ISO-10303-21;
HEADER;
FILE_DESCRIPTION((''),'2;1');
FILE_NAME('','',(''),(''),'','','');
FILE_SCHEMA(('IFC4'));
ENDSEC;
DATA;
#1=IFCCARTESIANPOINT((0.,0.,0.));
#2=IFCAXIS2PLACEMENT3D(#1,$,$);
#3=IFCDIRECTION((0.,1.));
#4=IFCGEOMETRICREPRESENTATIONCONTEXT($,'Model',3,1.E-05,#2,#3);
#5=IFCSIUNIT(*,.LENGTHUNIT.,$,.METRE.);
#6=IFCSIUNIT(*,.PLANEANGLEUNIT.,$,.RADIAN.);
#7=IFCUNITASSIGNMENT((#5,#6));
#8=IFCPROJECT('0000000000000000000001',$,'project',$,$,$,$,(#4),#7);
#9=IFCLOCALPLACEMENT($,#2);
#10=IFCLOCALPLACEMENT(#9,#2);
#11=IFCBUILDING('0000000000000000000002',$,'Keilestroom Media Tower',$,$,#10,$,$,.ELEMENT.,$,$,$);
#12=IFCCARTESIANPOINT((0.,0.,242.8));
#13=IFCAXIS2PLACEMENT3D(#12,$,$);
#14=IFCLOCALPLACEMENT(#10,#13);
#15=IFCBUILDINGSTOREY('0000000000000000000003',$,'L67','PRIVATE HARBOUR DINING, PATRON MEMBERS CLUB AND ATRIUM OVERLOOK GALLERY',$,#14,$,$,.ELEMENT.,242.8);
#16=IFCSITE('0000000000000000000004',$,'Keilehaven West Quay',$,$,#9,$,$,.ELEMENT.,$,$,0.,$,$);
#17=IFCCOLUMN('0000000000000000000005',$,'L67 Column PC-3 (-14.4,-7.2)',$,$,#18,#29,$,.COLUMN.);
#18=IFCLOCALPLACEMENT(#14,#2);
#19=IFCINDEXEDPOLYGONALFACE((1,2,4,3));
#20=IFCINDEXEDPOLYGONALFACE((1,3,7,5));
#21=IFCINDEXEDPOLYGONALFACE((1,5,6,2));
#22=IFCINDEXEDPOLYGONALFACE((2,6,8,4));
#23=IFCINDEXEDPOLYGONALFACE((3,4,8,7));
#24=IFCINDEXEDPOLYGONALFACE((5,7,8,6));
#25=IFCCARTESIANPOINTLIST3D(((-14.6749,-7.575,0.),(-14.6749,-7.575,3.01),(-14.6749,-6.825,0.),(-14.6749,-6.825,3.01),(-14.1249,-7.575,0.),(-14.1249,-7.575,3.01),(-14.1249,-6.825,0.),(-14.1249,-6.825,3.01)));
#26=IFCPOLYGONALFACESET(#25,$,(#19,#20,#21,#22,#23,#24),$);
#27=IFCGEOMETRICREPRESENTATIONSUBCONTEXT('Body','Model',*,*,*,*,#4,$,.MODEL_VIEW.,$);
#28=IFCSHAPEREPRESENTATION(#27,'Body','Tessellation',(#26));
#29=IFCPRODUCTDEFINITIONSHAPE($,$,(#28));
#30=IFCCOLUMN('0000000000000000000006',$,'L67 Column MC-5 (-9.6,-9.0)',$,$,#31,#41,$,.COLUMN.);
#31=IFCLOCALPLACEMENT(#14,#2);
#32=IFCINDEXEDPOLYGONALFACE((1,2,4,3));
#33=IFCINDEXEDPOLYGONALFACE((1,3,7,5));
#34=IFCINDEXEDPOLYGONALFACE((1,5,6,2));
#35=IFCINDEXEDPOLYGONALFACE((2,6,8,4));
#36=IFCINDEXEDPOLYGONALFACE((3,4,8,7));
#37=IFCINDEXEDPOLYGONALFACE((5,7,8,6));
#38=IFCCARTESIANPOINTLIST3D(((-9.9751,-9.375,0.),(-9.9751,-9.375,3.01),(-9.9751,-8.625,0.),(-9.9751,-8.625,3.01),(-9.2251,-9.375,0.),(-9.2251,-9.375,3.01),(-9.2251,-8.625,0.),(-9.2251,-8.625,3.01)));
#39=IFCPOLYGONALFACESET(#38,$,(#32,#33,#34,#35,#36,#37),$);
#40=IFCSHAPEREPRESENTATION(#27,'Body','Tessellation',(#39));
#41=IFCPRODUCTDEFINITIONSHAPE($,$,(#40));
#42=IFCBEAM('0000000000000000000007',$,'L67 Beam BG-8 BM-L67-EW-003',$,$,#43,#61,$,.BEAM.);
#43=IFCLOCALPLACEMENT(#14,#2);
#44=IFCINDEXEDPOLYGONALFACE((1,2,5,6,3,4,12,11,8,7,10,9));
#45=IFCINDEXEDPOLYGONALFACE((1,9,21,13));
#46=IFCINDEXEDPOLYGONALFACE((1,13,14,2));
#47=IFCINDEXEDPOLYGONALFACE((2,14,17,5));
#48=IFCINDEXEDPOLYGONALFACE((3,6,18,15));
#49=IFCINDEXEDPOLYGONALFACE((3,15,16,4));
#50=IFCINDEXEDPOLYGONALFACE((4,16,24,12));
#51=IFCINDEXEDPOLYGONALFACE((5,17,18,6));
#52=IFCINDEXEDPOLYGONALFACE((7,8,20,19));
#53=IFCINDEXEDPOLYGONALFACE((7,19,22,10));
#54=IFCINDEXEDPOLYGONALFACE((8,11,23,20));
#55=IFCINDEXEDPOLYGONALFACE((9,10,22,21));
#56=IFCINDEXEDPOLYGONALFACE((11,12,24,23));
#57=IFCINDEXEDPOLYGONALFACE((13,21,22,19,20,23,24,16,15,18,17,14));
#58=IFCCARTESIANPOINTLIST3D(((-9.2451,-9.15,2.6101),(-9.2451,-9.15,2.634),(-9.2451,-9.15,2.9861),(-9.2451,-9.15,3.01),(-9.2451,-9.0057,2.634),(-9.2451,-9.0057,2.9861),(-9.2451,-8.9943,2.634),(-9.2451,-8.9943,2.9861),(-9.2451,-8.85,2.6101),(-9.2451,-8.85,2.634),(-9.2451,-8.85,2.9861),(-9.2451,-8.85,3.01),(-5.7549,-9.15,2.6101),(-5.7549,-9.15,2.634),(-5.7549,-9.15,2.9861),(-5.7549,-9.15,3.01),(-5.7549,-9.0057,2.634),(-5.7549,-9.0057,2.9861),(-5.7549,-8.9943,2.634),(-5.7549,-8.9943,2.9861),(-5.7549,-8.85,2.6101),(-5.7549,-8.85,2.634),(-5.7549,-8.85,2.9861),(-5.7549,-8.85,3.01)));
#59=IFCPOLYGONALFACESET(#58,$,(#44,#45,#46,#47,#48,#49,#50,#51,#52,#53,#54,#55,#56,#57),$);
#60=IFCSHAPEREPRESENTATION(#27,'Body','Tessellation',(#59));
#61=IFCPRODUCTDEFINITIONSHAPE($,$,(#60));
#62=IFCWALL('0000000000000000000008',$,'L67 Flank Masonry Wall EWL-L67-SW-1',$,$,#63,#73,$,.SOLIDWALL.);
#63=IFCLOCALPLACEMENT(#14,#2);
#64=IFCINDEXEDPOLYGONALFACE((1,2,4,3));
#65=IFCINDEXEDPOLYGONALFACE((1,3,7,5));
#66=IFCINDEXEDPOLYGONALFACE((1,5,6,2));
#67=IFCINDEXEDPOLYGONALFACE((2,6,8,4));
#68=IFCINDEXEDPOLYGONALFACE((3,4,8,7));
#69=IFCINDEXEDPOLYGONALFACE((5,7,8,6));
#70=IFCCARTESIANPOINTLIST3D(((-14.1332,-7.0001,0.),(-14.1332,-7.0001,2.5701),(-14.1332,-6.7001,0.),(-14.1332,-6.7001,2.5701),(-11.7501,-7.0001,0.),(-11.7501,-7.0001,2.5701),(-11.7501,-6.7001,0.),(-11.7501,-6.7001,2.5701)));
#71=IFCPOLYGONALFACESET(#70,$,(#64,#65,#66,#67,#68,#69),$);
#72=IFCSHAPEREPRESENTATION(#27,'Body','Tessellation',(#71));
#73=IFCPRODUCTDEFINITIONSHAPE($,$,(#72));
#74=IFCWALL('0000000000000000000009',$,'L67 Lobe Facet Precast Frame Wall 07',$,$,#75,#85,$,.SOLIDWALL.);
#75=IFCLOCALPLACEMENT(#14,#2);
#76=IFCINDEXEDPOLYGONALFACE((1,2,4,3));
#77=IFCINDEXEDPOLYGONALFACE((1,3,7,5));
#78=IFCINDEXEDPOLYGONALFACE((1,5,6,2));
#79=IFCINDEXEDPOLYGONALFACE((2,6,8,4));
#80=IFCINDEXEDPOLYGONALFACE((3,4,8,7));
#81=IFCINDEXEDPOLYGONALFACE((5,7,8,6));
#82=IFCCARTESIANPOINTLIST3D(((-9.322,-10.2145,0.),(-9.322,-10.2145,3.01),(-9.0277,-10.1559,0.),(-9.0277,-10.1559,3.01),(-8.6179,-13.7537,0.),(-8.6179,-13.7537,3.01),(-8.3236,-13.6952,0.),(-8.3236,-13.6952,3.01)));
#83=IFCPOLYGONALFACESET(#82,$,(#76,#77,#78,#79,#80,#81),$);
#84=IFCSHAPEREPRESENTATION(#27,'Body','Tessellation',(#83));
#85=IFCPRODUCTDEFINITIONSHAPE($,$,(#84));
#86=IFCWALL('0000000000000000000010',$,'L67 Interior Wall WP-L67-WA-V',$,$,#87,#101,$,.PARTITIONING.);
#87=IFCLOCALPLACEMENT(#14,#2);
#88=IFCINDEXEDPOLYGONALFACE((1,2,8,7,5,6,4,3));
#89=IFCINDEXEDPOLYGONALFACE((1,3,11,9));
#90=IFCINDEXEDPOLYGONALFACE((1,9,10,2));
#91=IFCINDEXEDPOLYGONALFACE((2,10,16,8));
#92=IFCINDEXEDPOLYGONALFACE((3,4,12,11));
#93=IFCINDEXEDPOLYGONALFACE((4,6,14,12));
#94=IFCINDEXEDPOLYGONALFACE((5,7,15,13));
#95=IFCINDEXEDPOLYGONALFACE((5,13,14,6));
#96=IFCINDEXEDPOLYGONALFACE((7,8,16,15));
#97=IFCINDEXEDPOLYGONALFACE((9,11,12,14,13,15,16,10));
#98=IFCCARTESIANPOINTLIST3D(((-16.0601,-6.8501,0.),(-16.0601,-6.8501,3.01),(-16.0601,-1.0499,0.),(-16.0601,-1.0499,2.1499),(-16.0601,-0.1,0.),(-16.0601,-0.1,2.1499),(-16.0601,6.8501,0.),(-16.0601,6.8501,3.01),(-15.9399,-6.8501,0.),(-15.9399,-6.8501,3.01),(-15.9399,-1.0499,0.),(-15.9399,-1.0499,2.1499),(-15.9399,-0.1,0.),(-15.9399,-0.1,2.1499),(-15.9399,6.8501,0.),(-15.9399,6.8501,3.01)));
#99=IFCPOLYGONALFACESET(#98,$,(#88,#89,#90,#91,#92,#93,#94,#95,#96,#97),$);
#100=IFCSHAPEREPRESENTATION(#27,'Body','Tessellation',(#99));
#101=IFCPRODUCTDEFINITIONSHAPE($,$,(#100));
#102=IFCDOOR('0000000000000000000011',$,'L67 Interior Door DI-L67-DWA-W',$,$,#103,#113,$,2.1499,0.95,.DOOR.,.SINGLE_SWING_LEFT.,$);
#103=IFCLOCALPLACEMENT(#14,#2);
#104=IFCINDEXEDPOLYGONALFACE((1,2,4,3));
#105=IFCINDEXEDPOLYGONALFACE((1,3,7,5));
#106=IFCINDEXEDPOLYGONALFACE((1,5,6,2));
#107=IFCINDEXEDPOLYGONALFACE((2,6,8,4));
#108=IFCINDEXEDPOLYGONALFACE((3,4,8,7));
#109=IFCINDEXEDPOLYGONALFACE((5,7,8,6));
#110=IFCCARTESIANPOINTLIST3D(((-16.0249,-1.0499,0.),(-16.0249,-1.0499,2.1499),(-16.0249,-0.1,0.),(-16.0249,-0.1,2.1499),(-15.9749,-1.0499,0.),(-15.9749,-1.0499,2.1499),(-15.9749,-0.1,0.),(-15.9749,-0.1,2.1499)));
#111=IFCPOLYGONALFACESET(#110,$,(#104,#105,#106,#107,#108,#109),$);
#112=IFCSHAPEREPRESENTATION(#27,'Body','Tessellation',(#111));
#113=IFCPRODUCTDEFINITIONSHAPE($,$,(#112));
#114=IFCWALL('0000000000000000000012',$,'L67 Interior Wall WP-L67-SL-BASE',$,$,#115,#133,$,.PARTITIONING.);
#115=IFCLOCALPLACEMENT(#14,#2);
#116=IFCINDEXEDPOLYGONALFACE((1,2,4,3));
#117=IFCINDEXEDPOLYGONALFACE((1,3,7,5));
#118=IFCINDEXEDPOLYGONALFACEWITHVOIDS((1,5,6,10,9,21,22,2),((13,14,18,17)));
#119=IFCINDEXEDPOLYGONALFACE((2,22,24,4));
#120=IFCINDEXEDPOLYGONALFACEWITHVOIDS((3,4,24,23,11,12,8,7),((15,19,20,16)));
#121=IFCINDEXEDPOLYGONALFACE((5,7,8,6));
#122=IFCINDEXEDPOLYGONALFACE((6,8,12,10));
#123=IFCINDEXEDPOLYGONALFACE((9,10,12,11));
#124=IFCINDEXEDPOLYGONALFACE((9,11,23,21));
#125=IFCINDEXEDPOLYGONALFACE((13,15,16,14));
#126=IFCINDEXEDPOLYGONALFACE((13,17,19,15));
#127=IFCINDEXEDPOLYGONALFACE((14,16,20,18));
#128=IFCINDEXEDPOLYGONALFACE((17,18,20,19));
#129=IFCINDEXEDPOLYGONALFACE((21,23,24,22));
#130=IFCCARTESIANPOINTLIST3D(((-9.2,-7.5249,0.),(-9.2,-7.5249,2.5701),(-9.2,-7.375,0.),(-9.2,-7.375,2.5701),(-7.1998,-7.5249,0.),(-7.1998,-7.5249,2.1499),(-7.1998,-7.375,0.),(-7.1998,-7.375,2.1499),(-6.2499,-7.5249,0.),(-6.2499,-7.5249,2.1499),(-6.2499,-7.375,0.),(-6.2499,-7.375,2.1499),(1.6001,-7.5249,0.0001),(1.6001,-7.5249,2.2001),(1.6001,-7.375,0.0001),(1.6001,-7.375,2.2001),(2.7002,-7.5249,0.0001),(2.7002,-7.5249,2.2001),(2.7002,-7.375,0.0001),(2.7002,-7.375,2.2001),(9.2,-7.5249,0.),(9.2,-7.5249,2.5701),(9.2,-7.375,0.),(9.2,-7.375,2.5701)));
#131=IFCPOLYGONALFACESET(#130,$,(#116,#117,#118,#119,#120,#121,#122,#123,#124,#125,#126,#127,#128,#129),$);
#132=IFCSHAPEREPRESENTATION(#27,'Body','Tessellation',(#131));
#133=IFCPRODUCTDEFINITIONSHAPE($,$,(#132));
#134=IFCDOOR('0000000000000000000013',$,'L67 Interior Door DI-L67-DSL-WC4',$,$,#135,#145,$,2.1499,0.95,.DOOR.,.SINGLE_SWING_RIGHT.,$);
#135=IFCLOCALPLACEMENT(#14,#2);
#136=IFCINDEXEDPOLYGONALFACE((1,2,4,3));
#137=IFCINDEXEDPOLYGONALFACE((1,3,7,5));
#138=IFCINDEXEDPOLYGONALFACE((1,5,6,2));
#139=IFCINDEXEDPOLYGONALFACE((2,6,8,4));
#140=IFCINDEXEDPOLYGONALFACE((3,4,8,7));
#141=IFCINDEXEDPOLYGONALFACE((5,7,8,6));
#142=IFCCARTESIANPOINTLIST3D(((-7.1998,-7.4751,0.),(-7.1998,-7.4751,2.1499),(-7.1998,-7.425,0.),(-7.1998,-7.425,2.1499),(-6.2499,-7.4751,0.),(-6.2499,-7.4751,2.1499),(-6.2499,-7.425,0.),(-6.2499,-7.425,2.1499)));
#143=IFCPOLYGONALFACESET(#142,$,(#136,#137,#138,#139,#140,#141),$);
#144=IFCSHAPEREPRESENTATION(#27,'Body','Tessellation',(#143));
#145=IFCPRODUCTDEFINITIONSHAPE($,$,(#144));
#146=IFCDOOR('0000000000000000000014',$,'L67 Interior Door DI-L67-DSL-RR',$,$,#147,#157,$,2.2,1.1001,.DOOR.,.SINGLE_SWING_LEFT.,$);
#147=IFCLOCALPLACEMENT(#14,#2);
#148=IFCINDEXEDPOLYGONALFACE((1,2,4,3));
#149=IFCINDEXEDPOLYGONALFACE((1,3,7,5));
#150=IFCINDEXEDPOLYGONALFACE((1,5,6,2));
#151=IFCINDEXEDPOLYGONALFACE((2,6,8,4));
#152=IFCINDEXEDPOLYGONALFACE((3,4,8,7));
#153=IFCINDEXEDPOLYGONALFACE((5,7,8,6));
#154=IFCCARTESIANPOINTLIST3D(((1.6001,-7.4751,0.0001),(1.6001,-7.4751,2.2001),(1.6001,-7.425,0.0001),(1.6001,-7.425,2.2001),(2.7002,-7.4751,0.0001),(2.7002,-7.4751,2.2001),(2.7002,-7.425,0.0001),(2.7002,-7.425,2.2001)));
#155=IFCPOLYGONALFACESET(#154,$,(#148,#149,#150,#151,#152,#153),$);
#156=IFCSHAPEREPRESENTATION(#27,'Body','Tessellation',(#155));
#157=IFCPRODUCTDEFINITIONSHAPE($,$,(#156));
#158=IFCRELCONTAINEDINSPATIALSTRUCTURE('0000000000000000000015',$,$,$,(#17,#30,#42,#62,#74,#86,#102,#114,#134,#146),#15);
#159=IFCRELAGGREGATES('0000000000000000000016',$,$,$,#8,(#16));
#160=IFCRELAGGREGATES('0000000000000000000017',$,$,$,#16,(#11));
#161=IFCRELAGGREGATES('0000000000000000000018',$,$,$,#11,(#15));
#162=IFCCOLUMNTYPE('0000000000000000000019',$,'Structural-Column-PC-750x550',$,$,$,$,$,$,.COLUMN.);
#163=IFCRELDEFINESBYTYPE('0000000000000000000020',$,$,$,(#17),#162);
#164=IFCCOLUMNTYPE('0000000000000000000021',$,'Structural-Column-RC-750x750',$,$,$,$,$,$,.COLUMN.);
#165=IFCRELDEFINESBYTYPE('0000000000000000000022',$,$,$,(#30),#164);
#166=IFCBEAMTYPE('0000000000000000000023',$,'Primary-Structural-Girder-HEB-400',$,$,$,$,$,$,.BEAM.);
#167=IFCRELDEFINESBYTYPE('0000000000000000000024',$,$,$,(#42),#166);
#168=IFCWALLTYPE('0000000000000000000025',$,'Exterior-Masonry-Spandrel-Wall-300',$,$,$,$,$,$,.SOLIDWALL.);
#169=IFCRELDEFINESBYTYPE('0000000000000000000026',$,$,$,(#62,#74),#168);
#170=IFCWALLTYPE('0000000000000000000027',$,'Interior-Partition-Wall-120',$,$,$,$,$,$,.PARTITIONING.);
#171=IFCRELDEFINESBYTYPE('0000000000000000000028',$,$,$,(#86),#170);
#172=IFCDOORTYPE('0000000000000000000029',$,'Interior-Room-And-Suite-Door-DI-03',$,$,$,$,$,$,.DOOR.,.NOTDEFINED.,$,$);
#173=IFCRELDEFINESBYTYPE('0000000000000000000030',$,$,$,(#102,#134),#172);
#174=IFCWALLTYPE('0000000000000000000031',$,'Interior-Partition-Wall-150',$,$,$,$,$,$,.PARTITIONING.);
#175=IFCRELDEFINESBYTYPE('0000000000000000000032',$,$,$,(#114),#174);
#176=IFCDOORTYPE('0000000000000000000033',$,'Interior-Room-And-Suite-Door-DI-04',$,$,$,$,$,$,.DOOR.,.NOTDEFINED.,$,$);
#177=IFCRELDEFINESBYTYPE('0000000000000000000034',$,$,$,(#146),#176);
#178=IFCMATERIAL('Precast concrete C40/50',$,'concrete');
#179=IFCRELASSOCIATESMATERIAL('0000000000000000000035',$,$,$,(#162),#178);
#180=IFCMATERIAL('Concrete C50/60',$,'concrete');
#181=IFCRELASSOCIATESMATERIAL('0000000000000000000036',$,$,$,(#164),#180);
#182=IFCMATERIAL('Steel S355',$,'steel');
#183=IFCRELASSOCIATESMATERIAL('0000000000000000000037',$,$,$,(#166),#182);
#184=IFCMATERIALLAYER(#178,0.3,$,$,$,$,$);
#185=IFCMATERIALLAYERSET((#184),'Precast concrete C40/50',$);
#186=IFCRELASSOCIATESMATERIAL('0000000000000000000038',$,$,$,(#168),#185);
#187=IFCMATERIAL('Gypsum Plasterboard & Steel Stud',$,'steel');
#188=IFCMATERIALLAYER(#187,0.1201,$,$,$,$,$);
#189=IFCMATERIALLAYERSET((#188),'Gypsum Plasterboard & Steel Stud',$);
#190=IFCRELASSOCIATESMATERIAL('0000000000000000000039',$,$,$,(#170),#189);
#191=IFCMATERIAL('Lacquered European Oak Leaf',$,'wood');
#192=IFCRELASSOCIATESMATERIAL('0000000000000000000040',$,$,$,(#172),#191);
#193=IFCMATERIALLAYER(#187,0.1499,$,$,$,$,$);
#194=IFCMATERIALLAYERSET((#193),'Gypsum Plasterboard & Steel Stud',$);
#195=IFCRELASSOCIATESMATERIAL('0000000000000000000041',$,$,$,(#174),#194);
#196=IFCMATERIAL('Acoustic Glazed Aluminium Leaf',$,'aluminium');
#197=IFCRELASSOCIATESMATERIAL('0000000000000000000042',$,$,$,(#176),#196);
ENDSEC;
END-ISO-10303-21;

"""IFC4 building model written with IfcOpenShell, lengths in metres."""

from ifc_helpers import new_model, si_unit, direction, frame, frame_2d, origin, origin_2d, place, context, subcontext, project, spatial, rectangle, i_section, extrude, source, transform, mapped, material, layer, layer_set, material_profile, profile_set, type_object, element, fill, save


model = new_model("IFC4")

# Units and contexts
model_context = context("Model", 3, precision=1e-05, world=origin(), true_north=direction((0.0, 1.0)))
body_context = subcontext(model_context, "Body", "Model", "MODEL_VIEW")
ifc_project = project(units=[si_unit("LENGTHUNIT", "METRE"), si_unit("PLANEANGLEUNIT", "RADIAN")], contexts=[model_context])

# Site, building, storey
site_placement = place(None, origin())
site = spatial("IfcSite", under=ifc_project, at=site_placement, Name="Keilehaven West Quay", CompositionType="ELEMENT", RefElevation=0.0)
building_placement = place(site_placement, origin())
building = spatial("IfcBuilding", under=site, at=building_placement, Name="Keilestroom Media Tower", CompositionType="ELEMENT")
storey_placement = place(building_placement, frame((0.0, 0.0, 242.8)))
storey = spatial("IfcBuildingStorey", under=building, at=storey_placement, Name="L67", Description="PRIVATE HARBOUR DINING, PATRON MEMBERS CLUB AND ATRIUM OVERLOOK GALLERY", CompositionType="ELEMENT", Elevation=242.8)

# Columns
ifc_material_1 = material(Name="Precast concrete C40/50", Category="concrete")
ifc_material_profile_1 = material_profile(ifc_material_1, rectangle(XDim=0.55, YDim=0.75, at=origin_2d()), Name="PC 750x550")
ifc_profile_set_1 = profile_set([ifc_material_profile_1], Name="Precast concrete C40/50")
column_type_1 = type_object("IfcColumnType", Name="Structural-Column-PC-750x550", PredefinedType="COLUMN", material=ifc_profile_set_1)
shared_shape_1 = source(origin(), body_context, "Body", "SweptSolid", [
    extrude(rectangle(XDim=0.55, YDim=0.75, at=origin_2d()), origin(), (0.0, 0.0, 1.0), 3.01),
])
column_1_placement = place(storey_placement, frame((-14.3999, -7.2, 0.0), z_axis=(0.0, 0.0, 1.0), x_axis=(1.0, 0.0, 0.0)))
element("IfcColumn", 1, at=column_1_placement, inside=storey, type_object=column_type_1, Name="L67 Column PC-3 (-14.4,-7.2)", PredefinedType="COLUMN", context=body_context, shape_type="MappedRepresentation", body=[
    mapped(shared_shape_1, transform((0.0, 0.0, 0.0), x_axis=(1.0, 0.0, 0.0), y_axis=(0.0, 1.0, 0.0), z_axis=(0.0, 0.0, 1.0), scale=1.0)),
])
ifc_material_2 = material(Name="Concrete C50/60", Category="concrete")
ifc_material_profile_2 = material_profile(ifc_material_2, rectangle(XDim=0.75, YDim=0.75, at=origin_2d()), Name="RC 750x750")
ifc_profile_set_2 = profile_set([ifc_material_profile_2], Name="Concrete C50/60")
column_type_2 = type_object("IfcColumnType", Name="Structural-Column-RC-750x750", PredefinedType="COLUMN", material=ifc_profile_set_2)
shared_shape_2 = source(origin(), body_context, "Body", "SweptSolid", [
    extrude(rectangle(XDim=0.75, YDim=0.75, at=origin_2d()), origin(), (0.0, 0.0, 1.0), 3.01),
])
column_2_placement = place(storey_placement, frame((-9.6001, -9.0, 0.0), z_axis=(0.0, 0.0, 1.0), x_axis=(1.0, 0.0, 0.0)))
element("IfcColumn", 2, at=column_2_placement, inside=storey, type_object=column_type_2, Name="L67 Column MC-5 (-9.6,-9.0)", PredefinedType="COLUMN", context=body_context, shape_type="MappedRepresentation", body=[
    mapped(shared_shape_2, transform((0.0, 0.0, 0.0), x_axis=(1.0, 0.0, 0.0), y_axis=(0.0, 1.0, 0.0), z_axis=(0.0, 0.0, 1.0), scale=1.0)),
])

# Beam
ifc_material_3 = material(Name="Steel S355", Category="steel")
ifc_material_profile_3 = material_profile(ifc_material_3, i_section(OverallWidth=0.3, OverallDepth=0.3999, WebThickness=0.0115, FlangeThickness=0.0239, at=origin_2d()), Name="HEB 400")
ifc_profile_set_3 = profile_set([ifc_material_profile_3], Name="Steel S355")
beam_type = type_object("IfcBeamType", Name="Primary-Structural-Girder-HEB-400", PredefinedType="BEAM", material=ifc_profile_set_3)
shared_shape_3 = source(origin(), body_context, "Body", "SweptSolid", [
    extrude(i_section(OverallWidth=0.3, OverallDepth=0.3999, WebThickness=0.0115, FlangeThickness=0.0239, at=origin_2d()), origin(), (0.0, 0.0, 1.0), 3.4902),
])
beam_placement = place(storey_placement, frame((-9.2451, -9.0, 2.8101), z_axis=(1.0, 0.0, 0.0), x_axis=(0.0, 1.0, 0.0)))
element("IfcBeam", 3, at=beam_placement, inside=storey, type_object=beam_type, Name="L67 Beam BG-8 BM-L67-EW-003", PredefinedType="BEAM", context=body_context, shape_type="MappedRepresentation", body=[
    mapped(shared_shape_3, transform((0.0, 0.0, 0.0), x_axis=(1.0, 0.0, 0.0), y_axis=(0.0, 1.0, 0.0), z_axis=(0.0, 0.0, 1.0), scale=1.0)),
])

# Walls
ifc_layer_1 = layer(ifc_material_1, 0.3)
ifc_layer_set_1 = layer_set([ifc_layer_1], Name="Precast concrete C40/50")
wall_type_1 = type_object("IfcWallType", Name="Exterior-Masonry-Spandrel-Wall-300", PredefinedType="SOLIDWALL", material=ifc_layer_set_1)
wall_1_placement = place(storey_placement, frame((-14.1331, -6.8501, 0.0), z_axis=(0.0, 0.0, 1.0), x_axis=(1.0, 0.0, 0.0)))
element("IfcWall", 4, at=wall_1_placement, inside=storey, type_object=wall_type_1, Name="L67 Flank Masonry Wall EWL-L67-SW-1", PredefinedType="SOLIDWALL", context=body_context, shape_type="SweptSolid", body=[
    extrude(rectangle(XDim=2.3831, YDim=0.3, at=frame_2d((1.1914, 0.0))), origin(), (0.0, 0.0, 1.0), 2.5701),
])
wall_2_placement = place(storey_placement, frame((-9.1748, -10.1853, 0.0), z_axis=(0.0, 0.0, 1.0), x_axis=(0.195114, -0.980781, 0.0)))
element("IfcWall", 5, at=wall_2_placement, inside=storey, type_object=wall_type_1, Name="L67 Lobe Facet Precast Frame Wall 07", PredefinedType="SOLIDWALL", context=body_context, shape_type="SweptSolid", body=[
    extrude(rectangle(XDim=3.6086, YDim=0.3, at=frame_2d((1.8042, 0.0))), origin(), (0.0, 0.0, 1.0), 3.01),
])

# Wall, opening, door
ifc_material_4 = material(Name="Gypsum Plasterboard & Steel Stud", Category="steel")
ifc_layer_2 = layer(ifc_material_4, 0.1201)
ifc_layer_set_2 = layer_set([ifc_layer_2], Name="Gypsum Plasterboard & Steel Stud")
wall_type_2 = type_object("IfcWallType", Name="Interior-Partition-Wall-120", PredefinedType="PARTITIONING", material=ifc_layer_set_2)
wall_3_placement = place(storey_placement, frame((-16.0, -6.8501, 0.0), z_axis=(0.0, 0.0, 1.0), x_axis=(0.0, 1.0, 0.0)))
wall_3 = element("IfcWall", 6, at=wall_3_placement, inside=storey, type_object=wall_type_2, Name="L67 Interior Wall WP-L67-WA-V", PredefinedType="PARTITIONING", context=body_context, shape_type="SweptSolid", body=[
    extrude(rectangle(XDim=13.7002, YDim=0.1201, at=frame_2d((6.8501, 0.0))), origin(), (0.0, 0.0, 1.0), 3.01),
])
opening_1_placement = place(wall_3_placement, frame((5.8, 0.0, 0.0)))
opening_1 = element("IfcOpeningElement", 7, at=opening_1_placement, cuts=wall_3, PredefinedType="OPENING", context=body_context, shape_type="SweptSolid", body=[
    extrude(rectangle(XDim=0.95, YDim=2.1499, at=frame_2d((0.4751, 1.075))), frame((0.0, 0.0701, 0.0), z_axis=(0.0, -1.0, 0.0), x_axis=(1.0, 0.0, 0.0)), (0.0, 0.0, 1.0), 0.1401),
])
ifc_material_5 = material(Name="Lacquered European Oak Leaf", Category="wood")
door_type_1 = type_object("IfcDoorType", Name="Interior-Room-And-Suite-Door-DI-03", OperationType="NOTDEFINED", PredefinedType="DOOR", material=ifc_material_5)
shared_shape_4 = source(origin(), body_context, "Body", "SweptSolid", [
    extrude(rectangle(XDim=0.95, YDim=2.1499, at=frame_2d((0.4751, 1.075))), frame((0.0, 0.0249, 0.0), z_axis=(0.0, -1.0, 0.0), x_axis=(1.0, 0.0, 0.0)), (0.0, 0.0, 1.0), 0.05),
])
door_1_placement = place(opening_1_placement, origin())
door_1 = element("IfcDoor", 8, at=door_1_placement, inside=storey, type_object=door_type_1, Name="L67 Interior Door DI-L67-DWA-W", OperationType="SINGLE_SWING_LEFT", OverallHeight=2.1499, OverallWidth=0.95, PredefinedType="DOOR", context=body_context, shape_type="MappedRepresentation", body=[
    mapped(shared_shape_4, transform((0.0, 0.0, 0.0), x_axis=(1.0, 0.0, 0.0), y_axis=(0.0, 1.0, 0.0), z_axis=(0.0, 0.0, 1.0), scale=1.0)),
])
fill(opening_1, door_1)

# Wall, openings, doors
ifc_layer_3 = layer(ifc_material_4, 0.1499)
ifc_layer_set_3 = layer_set([ifc_layer_3], Name="Gypsum Plasterboard & Steel Stud")
wall_type_3 = type_object("IfcWallType", Name="Interior-Partition-Wall-150", PredefinedType="PARTITIONING", material=ifc_layer_set_3)
wall_4_placement = place(storey_placement, frame((-9.2, -7.45, 0.0), z_axis=(0.0, 0.0, 1.0), x_axis=(1.0, 0.0, 0.0)))
wall_4 = element("IfcWall", 9, at=wall_4_placement, inside=storey, type_object=wall_type_3, Name="L67 Interior Wall WP-L67-SL-BASE", PredefinedType="PARTITIONING", context=body_context, shape_type="SweptSolid", body=[
    extrude(rectangle(XDim=18.3999, YDim=0.1499, at=frame_2d((9.2, 0.0))), origin(), (0.0, 0.0, 1.0), 2.5701),
])
opening_2_placement = place(wall_4_placement, frame((2.0, 0.0, 0.0)))
opening_2 = element("IfcOpeningElement", 10, at=opening_2_placement, cuts=wall_4, PredefinedType="OPENING", context=body_context, shape_type="SweptSolid", body=[
    extrude(rectangle(XDim=0.95, YDim=2.1499, at=frame_2d((0.4751, 1.075))), frame((0.0, 0.085, 0.0), z_axis=(0.0, -1.0, 0.0), x_axis=(1.0, 0.0, 0.0)), (0.0, 0.0, 1.0), 0.1699),
])
opening_3_placement = place(wall_4_placement, frame((10.8, 0.0, 0.0)))
opening_3 = element("IfcOpeningElement", 11, at=opening_3_placement, cuts=wall_4, PredefinedType="OPENING", context=body_context, shape_type="SweptSolid", body=[
    extrude(rectangle(XDim=1.1001, YDim=2.2, at=frame_2d((0.55, 1.1001))), frame((0.0, 0.085, 0.0), z_axis=(0.0, -1.0, 0.0), x_axis=(1.0, 0.0, 0.0)), (0.0, 0.0, 1.0), 0.1699),
])
door_2_placement = place(opening_2_placement, origin())
door_2 = element("IfcDoor", 12, at=door_2_placement, inside=storey, type_object=door_type_1, Name="L67 Interior Door DI-L67-DSL-WC4", OperationType="SINGLE_SWING_RIGHT", OverallHeight=2.1499, OverallWidth=0.95, PredefinedType="DOOR", context=body_context, shape_type="MappedRepresentation", body=[
    mapped(shared_shape_4, transform((0.0, 0.0, 0.0), x_axis=(1.0, 0.0, 0.0), y_axis=(0.0, 1.0, 0.0), z_axis=(0.0, 0.0, 1.0), scale=1.0)),
])
fill(opening_2, door_2)
ifc_material_6 = material(Name="Acoustic Glazed Aluminium Leaf", Category="aluminium")
door_type_2 = type_object("IfcDoorType", Name="Interior-Room-And-Suite-Door-DI-04", OperationType="NOTDEFINED", PredefinedType="DOOR", material=ifc_material_6)
shared_shape_5 = source(origin(), body_context, "Body", "SweptSolid", [
    extrude(rectangle(XDim=1.1001, YDim=2.2, at=frame_2d((0.55, 1.1001))), frame((0.0, 0.0249, 0.0), z_axis=(0.0, -1.0, 0.0), x_axis=(1.0, 0.0, 0.0)), (0.0, 0.0, 1.0), 0.05),
])
door_3_placement = place(opening_3_placement, origin())
door_3 = element("IfcDoor", 13, at=door_3_placement, inside=storey, type_object=door_type_2, Name="L67 Interior Door DI-L67-DSL-RR", OperationType="SINGLE_SWING_LEFT", OverallHeight=2.2, OverallWidth=1.1001, PredefinedType="DOOR", context=body_context, shape_type="MappedRepresentation", body=[
    mapped(shared_shape_5, transform((0.0, 0.0, 0.0), x_axis=(1.0, 0.0, 0.0), y_axis=(0.0, 1.0, 0.0), z_axis=(0.0, 0.0, 1.0), scale=1.0)),
])
fill(opening_3, door_3)

save(model, "model.ifc")
